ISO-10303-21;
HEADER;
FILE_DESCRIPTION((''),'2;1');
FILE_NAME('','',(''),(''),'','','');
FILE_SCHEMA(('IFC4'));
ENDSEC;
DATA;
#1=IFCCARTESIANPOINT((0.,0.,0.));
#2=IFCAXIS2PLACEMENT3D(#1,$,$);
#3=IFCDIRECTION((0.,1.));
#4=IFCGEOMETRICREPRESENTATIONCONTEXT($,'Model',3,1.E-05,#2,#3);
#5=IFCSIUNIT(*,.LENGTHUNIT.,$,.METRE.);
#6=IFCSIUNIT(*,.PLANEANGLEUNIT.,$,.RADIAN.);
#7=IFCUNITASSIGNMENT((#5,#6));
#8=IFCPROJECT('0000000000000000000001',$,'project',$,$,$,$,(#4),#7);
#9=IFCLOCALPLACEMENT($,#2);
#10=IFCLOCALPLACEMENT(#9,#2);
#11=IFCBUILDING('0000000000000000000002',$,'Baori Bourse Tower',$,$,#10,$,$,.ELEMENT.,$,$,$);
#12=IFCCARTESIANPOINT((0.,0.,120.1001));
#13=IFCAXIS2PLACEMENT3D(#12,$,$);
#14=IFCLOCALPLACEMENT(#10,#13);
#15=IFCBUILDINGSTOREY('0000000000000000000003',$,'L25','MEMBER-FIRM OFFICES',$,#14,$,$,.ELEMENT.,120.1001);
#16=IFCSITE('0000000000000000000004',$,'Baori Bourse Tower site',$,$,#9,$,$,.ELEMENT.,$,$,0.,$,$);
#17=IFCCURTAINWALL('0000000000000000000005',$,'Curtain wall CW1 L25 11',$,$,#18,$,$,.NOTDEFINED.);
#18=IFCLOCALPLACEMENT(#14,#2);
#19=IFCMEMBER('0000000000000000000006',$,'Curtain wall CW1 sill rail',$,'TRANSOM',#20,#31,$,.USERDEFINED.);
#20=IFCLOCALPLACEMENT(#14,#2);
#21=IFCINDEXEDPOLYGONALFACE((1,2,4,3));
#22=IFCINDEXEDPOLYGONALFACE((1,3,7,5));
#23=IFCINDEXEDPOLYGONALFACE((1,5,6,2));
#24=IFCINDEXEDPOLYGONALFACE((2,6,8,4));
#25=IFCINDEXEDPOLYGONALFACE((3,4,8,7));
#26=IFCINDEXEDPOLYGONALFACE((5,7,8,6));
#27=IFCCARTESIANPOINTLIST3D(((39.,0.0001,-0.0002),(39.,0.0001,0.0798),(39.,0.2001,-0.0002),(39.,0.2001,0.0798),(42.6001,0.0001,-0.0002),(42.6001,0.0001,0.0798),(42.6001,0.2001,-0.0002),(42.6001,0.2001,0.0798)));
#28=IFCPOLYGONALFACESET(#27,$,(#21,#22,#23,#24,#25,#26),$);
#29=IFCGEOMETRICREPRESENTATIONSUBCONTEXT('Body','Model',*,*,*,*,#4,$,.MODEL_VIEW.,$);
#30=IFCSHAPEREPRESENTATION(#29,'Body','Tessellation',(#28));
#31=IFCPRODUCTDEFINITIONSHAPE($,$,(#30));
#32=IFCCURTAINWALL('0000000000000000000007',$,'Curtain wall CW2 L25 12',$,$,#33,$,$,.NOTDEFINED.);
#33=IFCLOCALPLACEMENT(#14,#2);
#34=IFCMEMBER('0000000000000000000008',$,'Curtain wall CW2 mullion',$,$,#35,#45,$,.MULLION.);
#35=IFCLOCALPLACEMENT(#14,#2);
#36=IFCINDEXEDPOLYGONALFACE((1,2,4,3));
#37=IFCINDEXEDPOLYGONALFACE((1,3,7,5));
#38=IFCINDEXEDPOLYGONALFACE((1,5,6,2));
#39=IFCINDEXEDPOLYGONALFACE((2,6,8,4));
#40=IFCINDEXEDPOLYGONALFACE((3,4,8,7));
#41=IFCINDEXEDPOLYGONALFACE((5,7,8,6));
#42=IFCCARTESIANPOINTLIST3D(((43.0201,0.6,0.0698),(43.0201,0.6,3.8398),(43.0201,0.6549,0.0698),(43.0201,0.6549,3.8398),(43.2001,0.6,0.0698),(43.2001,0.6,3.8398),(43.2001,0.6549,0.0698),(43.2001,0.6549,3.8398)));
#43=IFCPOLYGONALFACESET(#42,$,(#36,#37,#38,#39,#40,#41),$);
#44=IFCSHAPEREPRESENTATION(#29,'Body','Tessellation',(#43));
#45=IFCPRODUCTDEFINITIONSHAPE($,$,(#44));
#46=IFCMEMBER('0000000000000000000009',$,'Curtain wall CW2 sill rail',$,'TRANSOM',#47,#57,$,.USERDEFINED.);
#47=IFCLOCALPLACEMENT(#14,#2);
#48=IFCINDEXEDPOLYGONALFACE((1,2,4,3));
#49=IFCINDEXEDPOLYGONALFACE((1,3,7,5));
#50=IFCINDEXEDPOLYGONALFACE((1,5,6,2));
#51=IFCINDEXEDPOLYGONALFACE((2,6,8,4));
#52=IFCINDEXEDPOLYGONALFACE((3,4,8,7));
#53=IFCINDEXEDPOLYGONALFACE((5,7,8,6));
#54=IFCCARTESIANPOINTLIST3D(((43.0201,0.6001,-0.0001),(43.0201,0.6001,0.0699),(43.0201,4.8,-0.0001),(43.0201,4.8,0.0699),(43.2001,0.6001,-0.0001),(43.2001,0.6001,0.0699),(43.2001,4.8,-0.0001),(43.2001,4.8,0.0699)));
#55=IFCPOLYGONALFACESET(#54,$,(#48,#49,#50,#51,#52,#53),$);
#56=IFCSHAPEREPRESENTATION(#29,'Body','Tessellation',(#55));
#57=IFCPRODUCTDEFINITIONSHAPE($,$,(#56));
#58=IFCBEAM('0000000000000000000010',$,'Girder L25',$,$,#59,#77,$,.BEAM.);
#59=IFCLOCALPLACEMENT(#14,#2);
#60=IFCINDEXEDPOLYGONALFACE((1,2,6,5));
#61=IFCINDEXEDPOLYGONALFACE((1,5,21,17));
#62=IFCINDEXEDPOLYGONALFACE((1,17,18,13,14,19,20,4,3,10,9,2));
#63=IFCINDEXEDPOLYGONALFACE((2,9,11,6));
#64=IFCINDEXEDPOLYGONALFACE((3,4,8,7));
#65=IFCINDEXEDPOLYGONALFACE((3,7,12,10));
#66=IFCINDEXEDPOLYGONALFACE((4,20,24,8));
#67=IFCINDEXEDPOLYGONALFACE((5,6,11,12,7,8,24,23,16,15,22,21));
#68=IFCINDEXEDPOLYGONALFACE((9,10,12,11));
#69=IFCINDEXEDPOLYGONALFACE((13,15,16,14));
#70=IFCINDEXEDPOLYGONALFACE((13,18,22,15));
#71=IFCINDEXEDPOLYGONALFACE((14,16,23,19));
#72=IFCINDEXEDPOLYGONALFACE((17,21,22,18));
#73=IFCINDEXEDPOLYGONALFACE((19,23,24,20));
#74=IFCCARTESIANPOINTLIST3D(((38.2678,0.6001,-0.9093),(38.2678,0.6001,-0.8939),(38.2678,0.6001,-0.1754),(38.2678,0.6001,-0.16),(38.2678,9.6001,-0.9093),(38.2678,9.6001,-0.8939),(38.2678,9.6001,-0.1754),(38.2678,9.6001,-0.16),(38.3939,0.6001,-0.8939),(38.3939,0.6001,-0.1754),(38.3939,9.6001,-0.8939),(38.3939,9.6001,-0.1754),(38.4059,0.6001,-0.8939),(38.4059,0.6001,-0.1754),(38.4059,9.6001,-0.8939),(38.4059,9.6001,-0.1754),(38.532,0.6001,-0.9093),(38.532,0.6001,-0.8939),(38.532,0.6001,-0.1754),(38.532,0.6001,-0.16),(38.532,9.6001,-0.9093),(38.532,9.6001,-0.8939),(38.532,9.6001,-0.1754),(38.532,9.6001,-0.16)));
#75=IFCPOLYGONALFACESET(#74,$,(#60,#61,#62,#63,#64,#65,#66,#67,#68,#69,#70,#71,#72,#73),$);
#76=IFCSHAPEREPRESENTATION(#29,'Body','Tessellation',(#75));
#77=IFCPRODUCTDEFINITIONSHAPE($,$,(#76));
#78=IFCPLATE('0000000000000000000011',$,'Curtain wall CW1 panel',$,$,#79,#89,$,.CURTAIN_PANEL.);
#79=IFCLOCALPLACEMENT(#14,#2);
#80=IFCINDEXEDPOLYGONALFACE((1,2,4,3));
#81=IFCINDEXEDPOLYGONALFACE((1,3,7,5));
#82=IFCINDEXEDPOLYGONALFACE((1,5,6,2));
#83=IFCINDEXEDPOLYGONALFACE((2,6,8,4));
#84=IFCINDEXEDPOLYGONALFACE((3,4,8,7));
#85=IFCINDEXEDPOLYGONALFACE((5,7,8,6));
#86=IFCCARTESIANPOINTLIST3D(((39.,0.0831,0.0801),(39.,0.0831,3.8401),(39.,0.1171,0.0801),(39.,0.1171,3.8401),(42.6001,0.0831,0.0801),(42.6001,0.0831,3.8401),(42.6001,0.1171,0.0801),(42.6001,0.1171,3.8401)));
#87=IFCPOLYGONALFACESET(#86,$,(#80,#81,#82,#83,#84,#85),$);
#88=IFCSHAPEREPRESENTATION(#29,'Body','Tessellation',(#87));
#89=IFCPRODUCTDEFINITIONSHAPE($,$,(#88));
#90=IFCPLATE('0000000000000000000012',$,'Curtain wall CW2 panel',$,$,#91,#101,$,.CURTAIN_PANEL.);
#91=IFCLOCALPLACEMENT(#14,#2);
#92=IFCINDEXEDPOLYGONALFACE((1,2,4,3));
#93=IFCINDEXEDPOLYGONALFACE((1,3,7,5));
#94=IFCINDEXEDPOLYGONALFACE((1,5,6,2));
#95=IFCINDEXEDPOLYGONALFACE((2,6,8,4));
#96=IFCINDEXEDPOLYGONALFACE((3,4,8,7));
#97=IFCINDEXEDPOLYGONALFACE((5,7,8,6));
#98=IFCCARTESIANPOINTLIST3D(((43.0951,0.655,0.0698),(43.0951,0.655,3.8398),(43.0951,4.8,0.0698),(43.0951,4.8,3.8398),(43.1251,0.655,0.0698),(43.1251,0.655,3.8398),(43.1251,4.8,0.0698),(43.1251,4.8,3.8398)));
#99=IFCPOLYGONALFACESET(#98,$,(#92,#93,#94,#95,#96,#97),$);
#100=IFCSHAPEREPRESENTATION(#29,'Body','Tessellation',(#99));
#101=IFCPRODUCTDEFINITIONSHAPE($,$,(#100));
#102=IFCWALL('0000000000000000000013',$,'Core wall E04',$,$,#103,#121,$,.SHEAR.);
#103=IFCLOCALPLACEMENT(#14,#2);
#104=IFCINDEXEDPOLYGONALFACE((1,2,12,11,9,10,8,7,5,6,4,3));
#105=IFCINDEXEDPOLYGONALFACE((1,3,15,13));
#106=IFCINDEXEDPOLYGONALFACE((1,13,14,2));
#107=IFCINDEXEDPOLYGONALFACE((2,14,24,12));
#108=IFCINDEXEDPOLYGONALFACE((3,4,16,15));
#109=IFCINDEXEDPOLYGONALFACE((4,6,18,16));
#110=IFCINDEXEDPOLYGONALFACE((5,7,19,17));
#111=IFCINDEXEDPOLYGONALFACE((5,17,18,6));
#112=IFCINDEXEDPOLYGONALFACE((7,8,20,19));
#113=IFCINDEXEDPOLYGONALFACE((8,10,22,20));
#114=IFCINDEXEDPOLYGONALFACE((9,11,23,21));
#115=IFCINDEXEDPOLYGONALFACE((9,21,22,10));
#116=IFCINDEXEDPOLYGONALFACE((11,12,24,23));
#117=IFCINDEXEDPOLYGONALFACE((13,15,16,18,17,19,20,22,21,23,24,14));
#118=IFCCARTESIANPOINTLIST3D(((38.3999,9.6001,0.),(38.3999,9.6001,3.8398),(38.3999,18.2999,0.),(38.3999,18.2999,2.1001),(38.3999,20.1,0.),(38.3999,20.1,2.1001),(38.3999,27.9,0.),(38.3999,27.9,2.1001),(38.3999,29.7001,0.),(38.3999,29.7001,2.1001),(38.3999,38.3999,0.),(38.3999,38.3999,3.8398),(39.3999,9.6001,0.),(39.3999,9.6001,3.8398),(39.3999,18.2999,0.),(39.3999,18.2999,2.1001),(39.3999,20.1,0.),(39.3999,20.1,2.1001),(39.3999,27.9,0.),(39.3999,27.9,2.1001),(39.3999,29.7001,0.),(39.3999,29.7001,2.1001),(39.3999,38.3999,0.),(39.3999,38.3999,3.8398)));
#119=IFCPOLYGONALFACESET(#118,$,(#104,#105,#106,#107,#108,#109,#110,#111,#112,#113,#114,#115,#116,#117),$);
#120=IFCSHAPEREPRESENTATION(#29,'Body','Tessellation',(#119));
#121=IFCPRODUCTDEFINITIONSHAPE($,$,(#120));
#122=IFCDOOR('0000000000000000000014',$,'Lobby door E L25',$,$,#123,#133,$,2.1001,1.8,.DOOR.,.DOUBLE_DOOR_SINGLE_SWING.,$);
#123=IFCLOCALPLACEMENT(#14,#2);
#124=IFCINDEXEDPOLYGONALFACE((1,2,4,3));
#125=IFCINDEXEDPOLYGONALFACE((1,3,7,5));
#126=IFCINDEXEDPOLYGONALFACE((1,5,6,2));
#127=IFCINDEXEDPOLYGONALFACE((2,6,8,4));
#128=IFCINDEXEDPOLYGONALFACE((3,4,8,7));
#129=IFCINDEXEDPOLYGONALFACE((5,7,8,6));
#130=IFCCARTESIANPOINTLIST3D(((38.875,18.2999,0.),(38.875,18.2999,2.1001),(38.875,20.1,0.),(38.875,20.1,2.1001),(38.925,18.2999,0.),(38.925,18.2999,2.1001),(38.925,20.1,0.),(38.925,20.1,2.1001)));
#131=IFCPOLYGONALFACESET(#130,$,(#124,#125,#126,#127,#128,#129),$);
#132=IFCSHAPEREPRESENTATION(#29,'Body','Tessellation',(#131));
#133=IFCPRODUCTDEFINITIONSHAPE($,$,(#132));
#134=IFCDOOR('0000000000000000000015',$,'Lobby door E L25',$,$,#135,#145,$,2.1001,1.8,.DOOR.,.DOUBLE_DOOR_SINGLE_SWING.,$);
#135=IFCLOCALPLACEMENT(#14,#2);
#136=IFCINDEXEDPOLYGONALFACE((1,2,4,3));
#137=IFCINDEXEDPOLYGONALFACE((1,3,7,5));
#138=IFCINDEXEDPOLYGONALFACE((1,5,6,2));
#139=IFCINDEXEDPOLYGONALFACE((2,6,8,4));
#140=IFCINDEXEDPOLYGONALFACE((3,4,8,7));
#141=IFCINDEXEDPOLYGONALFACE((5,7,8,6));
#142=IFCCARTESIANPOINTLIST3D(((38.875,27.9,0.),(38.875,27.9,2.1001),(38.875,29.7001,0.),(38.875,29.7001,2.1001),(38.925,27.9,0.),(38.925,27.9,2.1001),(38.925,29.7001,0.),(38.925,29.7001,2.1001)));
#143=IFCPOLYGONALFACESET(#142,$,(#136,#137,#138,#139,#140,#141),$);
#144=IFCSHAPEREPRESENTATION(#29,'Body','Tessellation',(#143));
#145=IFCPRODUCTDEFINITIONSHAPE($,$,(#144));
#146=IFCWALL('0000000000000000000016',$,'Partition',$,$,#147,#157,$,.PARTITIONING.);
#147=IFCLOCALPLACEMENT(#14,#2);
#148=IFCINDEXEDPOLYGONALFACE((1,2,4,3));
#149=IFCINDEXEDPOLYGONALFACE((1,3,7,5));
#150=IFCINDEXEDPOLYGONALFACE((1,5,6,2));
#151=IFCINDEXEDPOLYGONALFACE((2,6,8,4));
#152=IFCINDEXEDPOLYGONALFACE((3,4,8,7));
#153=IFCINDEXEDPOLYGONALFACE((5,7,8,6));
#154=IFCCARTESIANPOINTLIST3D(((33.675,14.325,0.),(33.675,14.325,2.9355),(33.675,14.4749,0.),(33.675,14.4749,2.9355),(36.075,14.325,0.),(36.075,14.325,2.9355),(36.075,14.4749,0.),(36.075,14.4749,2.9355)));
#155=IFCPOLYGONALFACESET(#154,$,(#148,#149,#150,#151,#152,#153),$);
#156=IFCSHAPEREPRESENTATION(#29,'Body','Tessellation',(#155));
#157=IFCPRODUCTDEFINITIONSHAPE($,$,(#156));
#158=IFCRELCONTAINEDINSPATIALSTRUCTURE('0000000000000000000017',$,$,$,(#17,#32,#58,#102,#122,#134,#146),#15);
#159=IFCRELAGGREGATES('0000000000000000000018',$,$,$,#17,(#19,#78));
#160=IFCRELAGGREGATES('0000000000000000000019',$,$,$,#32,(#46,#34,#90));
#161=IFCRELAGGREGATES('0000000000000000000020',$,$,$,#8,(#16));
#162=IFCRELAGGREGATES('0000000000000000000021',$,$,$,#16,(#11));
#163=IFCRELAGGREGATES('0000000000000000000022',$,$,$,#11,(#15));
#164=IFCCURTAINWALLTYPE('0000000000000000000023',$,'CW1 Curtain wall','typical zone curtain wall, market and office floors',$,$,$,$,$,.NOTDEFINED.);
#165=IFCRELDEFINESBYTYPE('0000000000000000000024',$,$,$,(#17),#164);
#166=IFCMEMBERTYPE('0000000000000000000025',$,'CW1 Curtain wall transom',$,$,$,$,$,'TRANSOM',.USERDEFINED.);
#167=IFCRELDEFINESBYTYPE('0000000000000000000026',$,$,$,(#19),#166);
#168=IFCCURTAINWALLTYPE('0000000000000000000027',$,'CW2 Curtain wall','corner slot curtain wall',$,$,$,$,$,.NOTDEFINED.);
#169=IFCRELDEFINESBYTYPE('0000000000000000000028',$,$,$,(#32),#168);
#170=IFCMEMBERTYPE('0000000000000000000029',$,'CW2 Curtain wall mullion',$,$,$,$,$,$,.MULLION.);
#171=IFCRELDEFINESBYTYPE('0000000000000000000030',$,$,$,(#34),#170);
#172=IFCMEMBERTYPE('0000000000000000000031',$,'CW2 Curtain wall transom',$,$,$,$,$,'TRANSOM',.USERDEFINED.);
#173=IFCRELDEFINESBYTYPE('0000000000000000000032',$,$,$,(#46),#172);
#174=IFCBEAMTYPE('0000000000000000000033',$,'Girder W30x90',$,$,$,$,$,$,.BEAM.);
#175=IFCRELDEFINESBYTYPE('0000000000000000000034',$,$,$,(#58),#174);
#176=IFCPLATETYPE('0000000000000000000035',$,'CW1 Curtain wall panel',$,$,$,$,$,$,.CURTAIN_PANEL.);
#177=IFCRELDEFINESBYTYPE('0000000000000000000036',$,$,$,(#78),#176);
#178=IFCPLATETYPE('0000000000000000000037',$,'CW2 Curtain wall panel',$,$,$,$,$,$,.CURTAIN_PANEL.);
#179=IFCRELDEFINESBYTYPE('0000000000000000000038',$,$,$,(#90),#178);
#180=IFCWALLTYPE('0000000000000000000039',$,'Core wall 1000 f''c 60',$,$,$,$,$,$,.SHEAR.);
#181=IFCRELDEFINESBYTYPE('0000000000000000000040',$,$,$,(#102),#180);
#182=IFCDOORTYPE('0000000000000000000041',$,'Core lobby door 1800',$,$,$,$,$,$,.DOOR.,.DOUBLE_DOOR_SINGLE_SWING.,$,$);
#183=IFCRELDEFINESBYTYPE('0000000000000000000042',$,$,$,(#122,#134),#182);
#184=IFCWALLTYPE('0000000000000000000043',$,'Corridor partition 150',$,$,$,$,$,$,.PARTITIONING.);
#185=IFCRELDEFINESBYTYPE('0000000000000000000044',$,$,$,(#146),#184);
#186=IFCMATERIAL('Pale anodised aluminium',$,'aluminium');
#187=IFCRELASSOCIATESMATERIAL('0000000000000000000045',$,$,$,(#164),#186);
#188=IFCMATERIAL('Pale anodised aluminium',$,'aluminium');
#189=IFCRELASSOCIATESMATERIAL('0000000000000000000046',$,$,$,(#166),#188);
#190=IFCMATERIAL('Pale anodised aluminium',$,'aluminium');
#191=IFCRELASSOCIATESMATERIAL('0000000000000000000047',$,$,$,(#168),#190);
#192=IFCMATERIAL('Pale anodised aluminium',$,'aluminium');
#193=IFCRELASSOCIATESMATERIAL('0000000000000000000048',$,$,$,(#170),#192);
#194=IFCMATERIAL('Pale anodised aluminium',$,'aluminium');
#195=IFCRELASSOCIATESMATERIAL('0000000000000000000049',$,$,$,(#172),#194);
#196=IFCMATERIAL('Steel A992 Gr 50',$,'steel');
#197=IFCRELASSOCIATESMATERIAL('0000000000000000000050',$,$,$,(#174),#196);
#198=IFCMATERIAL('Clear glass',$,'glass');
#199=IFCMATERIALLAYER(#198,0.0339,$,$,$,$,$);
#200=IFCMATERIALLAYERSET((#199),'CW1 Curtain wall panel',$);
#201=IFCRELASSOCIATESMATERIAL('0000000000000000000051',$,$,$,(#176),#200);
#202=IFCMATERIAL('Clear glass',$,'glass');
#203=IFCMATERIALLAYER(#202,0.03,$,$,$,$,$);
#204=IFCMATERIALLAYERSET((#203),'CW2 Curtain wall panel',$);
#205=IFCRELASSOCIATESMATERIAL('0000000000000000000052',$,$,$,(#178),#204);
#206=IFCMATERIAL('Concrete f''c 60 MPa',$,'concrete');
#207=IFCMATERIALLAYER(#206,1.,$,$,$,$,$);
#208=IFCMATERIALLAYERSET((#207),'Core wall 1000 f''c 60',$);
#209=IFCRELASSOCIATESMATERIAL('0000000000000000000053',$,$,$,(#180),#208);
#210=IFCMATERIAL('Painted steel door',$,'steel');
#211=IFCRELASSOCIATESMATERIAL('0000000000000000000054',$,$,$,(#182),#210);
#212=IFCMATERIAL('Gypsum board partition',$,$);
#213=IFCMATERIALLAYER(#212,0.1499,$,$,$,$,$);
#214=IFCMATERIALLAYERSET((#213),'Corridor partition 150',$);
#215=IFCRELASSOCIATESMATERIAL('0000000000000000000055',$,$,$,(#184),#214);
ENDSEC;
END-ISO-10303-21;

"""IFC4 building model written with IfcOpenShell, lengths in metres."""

from ifc_helpers import new_model, si_unit, direction, frame, frame_2d, origin, origin_2d, place, context, subcontext, project, spatial, rectangle, i_section, extrude, material, layer, layer_set, material_profile, profile_set, type_object, element, fill, aggregate, save


model = new_model("IFC4")

# Units and contexts
model_context = context("Model", 3, precision=1e-05, world=origin(), true_north=direction((0.0, 1.0)))
body_context = subcontext(model_context, "Body", "Model", "MODEL_VIEW")
ifc_project = project(units=[si_unit("LENGTHUNIT", "METRE"), si_unit("PLANEANGLEUNIT", "RADIAN")], contexts=[model_context])

# Site, building, storey
site_placement = place(None, origin())
site = spatial("IfcSite", under=ifc_project, at=site_placement, Name="Baori Bourse Tower site", CompositionType="ELEMENT", RefElevation=0.0)
building_placement = place(site_placement, origin())
building = spatial("IfcBuilding", under=site, at=building_placement, Name="Baori Bourse Tower", CompositionType="ELEMENT")
storey_placement = place(building_placement, frame((0.0, 0.0, 120.1001)))
storey = spatial("IfcBuildingStorey", under=building, at=storey_placement, Name="L25", Description="MEMBER-FIRM OFFICES", CompositionType="ELEMENT", Elevation=120.1001)

# Curtain wall, member
ifc_material_1 = material(Name="Pale anodised aluminium", Category="aluminium")
curtain_wall_type_1 = type_object("IfcCurtainWallType", Name="CW1 Curtain wall", Description="typical zone curtain wall, market and office floors", PredefinedType="NOTDEFINED", material=ifc_material_1)
curtain_wall_1_placement = place(storey_placement, origin())
curtain_wall_1 = element("IfcCurtainWall", 1, at=curtain_wall_1_placement, inside=storey, type_object=curtain_wall_type_1, Name="Curtain wall CW1 L25 11", PredefinedType="NOTDEFINED")
ifc_material_2 = material(Name="Pale anodised aluminium", Category="aluminium")
ifc_material_profile_1 = material_profile(ifc_material_2, rectangle(XDim=0.2, YDim=0.0801, at=origin_2d()), Name="Transom 80x200")
ifc_profile_set_1 = profile_set([ifc_material_profile_1], Name="Pale anodised aluminium")
member_type_1 = type_object("IfcMemberType", Name="CW1 Curtain wall transom", ElementType="TRANSOM", PredefinedType="USERDEFINED", material=ifc_profile_set_1)
member_1_placement = place(storey_placement, frame((39.0, 0.1001, 0.0398), z_axis=(1.0, 0.0, 0.0), x_axis=(0.0, 1.0, 0.0)))
member_1 = element("IfcMember", 2, at=member_1_placement, type_object=member_type_1, Name="Curtain wall CW1 sill rail", ObjectType="TRANSOM", PredefinedType="USERDEFINED", context=body_context, shape_type="SweptSolid", body=[
    extrude(rectangle(XDim=0.2, YDim=0.0801, at=origin_2d()), origin(), (0.0, 0.0, 1.0), 3.6001),
])

# Curtain wall, members
ifc_material_3 = material(Name="Pale anodised aluminium", Category="aluminium")
curtain_wall_type_2 = type_object("IfcCurtainWallType", Name="CW2 Curtain wall", Description="corner slot curtain wall", PredefinedType="NOTDEFINED", material=ifc_material_3)
curtain_wall_2_placement = place(storey_placement, origin())
curtain_wall_2 = element("IfcCurtainWall", 3, at=curtain_wall_2_placement, inside=storey, type_object=curtain_wall_type_2, Name="Curtain wall CW2 L25 12", PredefinedType="NOTDEFINED")
ifc_material_4 = material(Name="Pale anodised aluminium", Category="aluminium")
ifc_material_profile_2 = material_profile(ifc_material_4, rectangle(XDim=0.1799, YDim=0.0549, at=origin_2d()), Name="Mullion 55x180")
ifc_profile_set_2 = profile_set([ifc_material_profile_2], Name="Pale anodised aluminium")
member_type_2 = type_object("IfcMemberType", Name="CW2 Curtain wall mullion", PredefinedType="MULLION", material=ifc_profile_set_2)
member_2_placement = place(storey_placement, frame((43.1101, 0.6274, 0.0698), z_axis=(0.0, 0.0, 1.0), x_axis=(-1.0, 0.0, 0.0)))
member_2 = element("IfcMember", 4, at=member_2_placement, type_object=member_type_2, Name="Curtain wall CW2 mullion", PredefinedType="MULLION", context=body_context, shape_type="SweptSolid", body=[
    extrude(rectangle(XDim=0.1799, YDim=0.0549, at=origin_2d()), origin(), (0.0, 0.0, 1.0), 3.77),
])
ifc_material_5 = material(Name="Pale anodised aluminium", Category="aluminium")
ifc_material_profile_3 = material_profile(ifc_material_5, rectangle(XDim=0.1799, YDim=0.0701, at=origin_2d()), Name="Transom 70x180")
ifc_profile_set_3 = profile_set([ifc_material_profile_3], Name="Pale anodised aluminium")
member_type_3 = type_object("IfcMemberType", Name="CW2 Curtain wall transom", ElementType="TRANSOM", PredefinedType="USERDEFINED", material=ifc_profile_set_3)
member_3_placement = place(storey_placement, frame((43.1101, 0.6001, 0.0349), z_axis=(0.0, 1.0, 0.0), x_axis=(-1.0, 0.0, 0.0)))
member_3 = element("IfcMember", 5, at=member_3_placement, type_object=member_type_3, Name="Curtain wall CW2 sill rail", ObjectType="TRANSOM", PredefinedType="USERDEFINED", context=body_context, shape_type="SweptSolid", body=[
    extrude(rectangle(XDim=0.1799, YDim=0.0701, at=origin_2d()), origin(), (0.0, 0.0, 1.0), 4.2),
])

# Beam
ifc_material_6 = material(Name="Steel A992 Gr 50", Category="steel")
ifc_material_profile_4 = material_profile(ifc_material_6, i_section(OverallWidth=0.2642, OverallDepth=0.7493, WebThickness=0.012, FlangeThickness=0.0154, at=origin_2d()), Name="W30x90")
ifc_profile_set_4 = profile_set([ifc_material_profile_4], Name="Steel A992 Gr 50")
beam_type = type_object("IfcBeamType", Name="Girder W30x90", PredefinedType="BEAM", material=ifc_profile_set_4)
beam_placement = place(storey_placement, frame((38.3999, 0.6001, -0.5347), z_axis=(0.0, 1.0, 0.0), x_axis=(-1.0, 0.0, 0.0)))
element("IfcBeam", 6, at=beam_placement, inside=storey, type_object=beam_type, Name="Girder L25", PredefinedType="BEAM", context=body_context, shape_type="SweptSolid", body=[
    extrude(i_section(OverallWidth=0.2642, OverallDepth=0.7493, WebThickness=0.012, FlangeThickness=0.0154, at=origin_2d()), origin(), (0.0, 0.0, 1.0), 9.0),
])

# Plates
ifc_material_7 = material(Name="Clear glass", Category="glass")
ifc_layer_1 = layer(ifc_material_7, 0.0339)
ifc_layer_set_1 = layer_set([ifc_layer_1], Name="CW1 Curtain wall panel")
plate_type_1 = type_object("IfcPlateType", Name="CW1 Curtain wall panel", PredefinedType="CURTAIN_PANEL", material=ifc_layer_set_1)
plate_1_placement = place(storey_placement, frame((40.8, 0.1001, 0.0801), z_axis=(0.0, 0.0, 1.0), x_axis=(1.0, 0.0, 0.0)))
plate_1 = element("IfcPlate", 7, at=plate_1_placement, type_object=plate_type_1, Name="Curtain wall CW1 panel", PredefinedType="CURTAIN_PANEL", context=body_context, shape_type="SweptSolid", body=[
    extrude(rectangle(XDim=3.6001, YDim=0.0339, at=origin_2d()), origin(), (0.0, 0.0, 1.0), 3.76),
])
aggregate(curtain_wall_1, [member_1, plate_1])
ifc_material_8 = material(Name="Clear glass", Category="glass")
ifc_layer_2 = layer(ifc_material_8, 0.03)
ifc_layer_set_2 = layer_set([ifc_layer_2], Name="CW2 Curtain wall panel")
plate_type_2 = type_object("IfcPlateType", Name="CW2 Curtain wall panel", PredefinedType="CURTAIN_PANEL", material=ifc_layer_set_2)
plate_2_placement = place(storey_placement, frame((43.1101, 2.7275, 0.0698), z_axis=(0.0, 0.0, 1.0), x_axis=(0.0, 1.0, 0.0)))
plate_2 = element("IfcPlate", 8, at=plate_2_placement, type_object=plate_type_2, Name="Curtain wall CW2 panel", PredefinedType="CURTAIN_PANEL", context=body_context, shape_type="SweptSolid", body=[
    extrude(rectangle(XDim=4.145, YDim=0.03, at=origin_2d()), origin(), (0.0, 0.0, 1.0), 3.77),
])
aggregate(curtain_wall_2, [member_3, member_2, plate_2])

# Wall, openings, doors
ifc_material_9 = material(Name="Concrete f'c 60 MPa", Category="concrete")
ifc_layer_3 = layer(ifc_material_9, 1.0)
ifc_layer_set_3 = layer_set([ifc_layer_3], Name="Core wall 1000 f'c 60")
wall_type_1 = type_object("IfcWallType", Name="Core wall 1000 f'c 60", PredefinedType="SHEAR", material=ifc_layer_set_3)
wall_1_placement = place(storey_placement, frame((38.8999, 9.6001, 0.0), z_axis=(0.0, 0.0, 1.0), x_axis=(0.0, 1.0, 0.0)))
wall_1 = element("IfcWall", 9, at=wall_1_placement, inside=storey, type_object=wall_type_1, Name="Core wall E04", PredefinedType="SHEAR", context=body_context, shape_type="SweptSolid", body=[
    extrude(rectangle(XDim=28.7998, YDim=1.0, at=frame_2d((14.3999, 0.0))), origin(), (0.0, 0.0, 1.0), 3.8398),
])
opening_1_placement = place(wall_1_placement, frame((8.7, 0.0, 0.0)))
opening_1 = element("IfcOpeningElement", 10, at=opening_1_placement, cuts=wall_1, PredefinedType="OPENING", context=body_context, shape_type="SweptSolid", body=[
    extrude(rectangle(XDim=1.8, YDim=2.1001, at=frame_2d((0.8999, 1.05))), frame((0.0, 0.51, 0.0), z_axis=(0.0, -1.0, 0.0), x_axis=(1.0, 0.0, 0.0)), (0.0, 0.0, 1.0), 1.02),
])
opening_2_placement = place(wall_1_placement, frame((18.3, 0.0, 0.0)))
opening_2 = element("IfcOpeningElement", 11, at=opening_2_placement, cuts=wall_1, PredefinedType="OPENING", context=body_context, shape_type="SweptSolid", body=[
    extrude(rectangle(XDim=1.8, YDim=2.1001, at=frame_2d((0.8999, 1.05))), frame((0.0, 0.51, 0.0), z_axis=(0.0, -1.0, 0.0), x_axis=(1.0, 0.0, 0.0)), (0.0, 0.0, 1.0), 1.02),
])
ifc_material_10 = material(Name="Painted steel door", Category="steel")
door_type_1 = type_object("IfcDoorType", Name="Core lobby door 1800", OperationType="DOUBLE_DOOR_SINGLE_SWING", PredefinedType="DOOR", material=ifc_material_10)
door_1_placement = place(opening_1_placement, origin())
door_1 = element("IfcDoor", 12, at=door_1_placement, inside=storey, type_object=door_type_1, Name="Lobby door E L25", OperationType="DOUBLE_DOOR_SINGLE_SWING", OverallHeight=2.1001, OverallWidth=1.8, PredefinedType="DOOR", context=body_context, shape_type="SweptSolid", body=[
    extrude(rectangle(XDim=1.8, YDim=2.1001, at=frame_2d((0.8999, 1.05))), frame((0.0, 0.0249, 0.0), z_axis=(0.0, -1.0, 0.0), x_axis=(1.0, 0.0, 0.0)), (0.0, 0.0, 1.0), 0.05),
])
fill(opening_1, door_1)
door_2_placement = place(opening_2_placement, origin())
door_2 = element("IfcDoor", 13, at=door_2_placement, inside=storey, type_object=door_type_1, Name="Lobby door E L25", OperationType="DOUBLE_DOOR_SINGLE_SWING", OverallHeight=2.1001, OverallWidth=1.8, PredefinedType="DOOR", context=body_context, shape_type="SweptSolid", body=[
    extrude(rectangle(XDim=1.8, YDim=2.1001, at=frame_2d((0.8999, 1.05))), frame((0.0, 0.0249, 0.0), z_axis=(0.0, -1.0, 0.0), x_axis=(1.0, 0.0, 0.0)), (0.0, 0.0, 1.0), 0.05),
])
fill(opening_2, door_2)

# Wall
ifc_material_11 = material(Name="Gypsum board partition")
ifc_layer_4 = layer(ifc_material_11, 0.1499)
ifc_layer_set_4 = layer_set([ifc_layer_4], Name="Corridor partition 150")
wall_type_2 = type_object("IfcWallType", Name="Corridor partition 150", PredefinedType="PARTITIONING", material=ifc_layer_set_4)
wall_2_placement = place(storey_placement, frame((33.675, 14.3999, 0.0), z_axis=(0.0, 0.0, 1.0), x_axis=(1.0, 0.0, 0.0)))
element("IfcWall", 14, at=wall_2_placement, inside=storey, type_object=wall_type_2, Name="Partition", PredefinedType="PARTITIONING", context=body_context, shape_type="SweptSolid", body=[
    extrude(rectangle(XDim=2.3999, YDim=0.1499, at=frame_2d((1.2, 0.0))), origin(), (0.0, 0.0, 1.0), 2.9355),
])

save(model, "model.ifc")
